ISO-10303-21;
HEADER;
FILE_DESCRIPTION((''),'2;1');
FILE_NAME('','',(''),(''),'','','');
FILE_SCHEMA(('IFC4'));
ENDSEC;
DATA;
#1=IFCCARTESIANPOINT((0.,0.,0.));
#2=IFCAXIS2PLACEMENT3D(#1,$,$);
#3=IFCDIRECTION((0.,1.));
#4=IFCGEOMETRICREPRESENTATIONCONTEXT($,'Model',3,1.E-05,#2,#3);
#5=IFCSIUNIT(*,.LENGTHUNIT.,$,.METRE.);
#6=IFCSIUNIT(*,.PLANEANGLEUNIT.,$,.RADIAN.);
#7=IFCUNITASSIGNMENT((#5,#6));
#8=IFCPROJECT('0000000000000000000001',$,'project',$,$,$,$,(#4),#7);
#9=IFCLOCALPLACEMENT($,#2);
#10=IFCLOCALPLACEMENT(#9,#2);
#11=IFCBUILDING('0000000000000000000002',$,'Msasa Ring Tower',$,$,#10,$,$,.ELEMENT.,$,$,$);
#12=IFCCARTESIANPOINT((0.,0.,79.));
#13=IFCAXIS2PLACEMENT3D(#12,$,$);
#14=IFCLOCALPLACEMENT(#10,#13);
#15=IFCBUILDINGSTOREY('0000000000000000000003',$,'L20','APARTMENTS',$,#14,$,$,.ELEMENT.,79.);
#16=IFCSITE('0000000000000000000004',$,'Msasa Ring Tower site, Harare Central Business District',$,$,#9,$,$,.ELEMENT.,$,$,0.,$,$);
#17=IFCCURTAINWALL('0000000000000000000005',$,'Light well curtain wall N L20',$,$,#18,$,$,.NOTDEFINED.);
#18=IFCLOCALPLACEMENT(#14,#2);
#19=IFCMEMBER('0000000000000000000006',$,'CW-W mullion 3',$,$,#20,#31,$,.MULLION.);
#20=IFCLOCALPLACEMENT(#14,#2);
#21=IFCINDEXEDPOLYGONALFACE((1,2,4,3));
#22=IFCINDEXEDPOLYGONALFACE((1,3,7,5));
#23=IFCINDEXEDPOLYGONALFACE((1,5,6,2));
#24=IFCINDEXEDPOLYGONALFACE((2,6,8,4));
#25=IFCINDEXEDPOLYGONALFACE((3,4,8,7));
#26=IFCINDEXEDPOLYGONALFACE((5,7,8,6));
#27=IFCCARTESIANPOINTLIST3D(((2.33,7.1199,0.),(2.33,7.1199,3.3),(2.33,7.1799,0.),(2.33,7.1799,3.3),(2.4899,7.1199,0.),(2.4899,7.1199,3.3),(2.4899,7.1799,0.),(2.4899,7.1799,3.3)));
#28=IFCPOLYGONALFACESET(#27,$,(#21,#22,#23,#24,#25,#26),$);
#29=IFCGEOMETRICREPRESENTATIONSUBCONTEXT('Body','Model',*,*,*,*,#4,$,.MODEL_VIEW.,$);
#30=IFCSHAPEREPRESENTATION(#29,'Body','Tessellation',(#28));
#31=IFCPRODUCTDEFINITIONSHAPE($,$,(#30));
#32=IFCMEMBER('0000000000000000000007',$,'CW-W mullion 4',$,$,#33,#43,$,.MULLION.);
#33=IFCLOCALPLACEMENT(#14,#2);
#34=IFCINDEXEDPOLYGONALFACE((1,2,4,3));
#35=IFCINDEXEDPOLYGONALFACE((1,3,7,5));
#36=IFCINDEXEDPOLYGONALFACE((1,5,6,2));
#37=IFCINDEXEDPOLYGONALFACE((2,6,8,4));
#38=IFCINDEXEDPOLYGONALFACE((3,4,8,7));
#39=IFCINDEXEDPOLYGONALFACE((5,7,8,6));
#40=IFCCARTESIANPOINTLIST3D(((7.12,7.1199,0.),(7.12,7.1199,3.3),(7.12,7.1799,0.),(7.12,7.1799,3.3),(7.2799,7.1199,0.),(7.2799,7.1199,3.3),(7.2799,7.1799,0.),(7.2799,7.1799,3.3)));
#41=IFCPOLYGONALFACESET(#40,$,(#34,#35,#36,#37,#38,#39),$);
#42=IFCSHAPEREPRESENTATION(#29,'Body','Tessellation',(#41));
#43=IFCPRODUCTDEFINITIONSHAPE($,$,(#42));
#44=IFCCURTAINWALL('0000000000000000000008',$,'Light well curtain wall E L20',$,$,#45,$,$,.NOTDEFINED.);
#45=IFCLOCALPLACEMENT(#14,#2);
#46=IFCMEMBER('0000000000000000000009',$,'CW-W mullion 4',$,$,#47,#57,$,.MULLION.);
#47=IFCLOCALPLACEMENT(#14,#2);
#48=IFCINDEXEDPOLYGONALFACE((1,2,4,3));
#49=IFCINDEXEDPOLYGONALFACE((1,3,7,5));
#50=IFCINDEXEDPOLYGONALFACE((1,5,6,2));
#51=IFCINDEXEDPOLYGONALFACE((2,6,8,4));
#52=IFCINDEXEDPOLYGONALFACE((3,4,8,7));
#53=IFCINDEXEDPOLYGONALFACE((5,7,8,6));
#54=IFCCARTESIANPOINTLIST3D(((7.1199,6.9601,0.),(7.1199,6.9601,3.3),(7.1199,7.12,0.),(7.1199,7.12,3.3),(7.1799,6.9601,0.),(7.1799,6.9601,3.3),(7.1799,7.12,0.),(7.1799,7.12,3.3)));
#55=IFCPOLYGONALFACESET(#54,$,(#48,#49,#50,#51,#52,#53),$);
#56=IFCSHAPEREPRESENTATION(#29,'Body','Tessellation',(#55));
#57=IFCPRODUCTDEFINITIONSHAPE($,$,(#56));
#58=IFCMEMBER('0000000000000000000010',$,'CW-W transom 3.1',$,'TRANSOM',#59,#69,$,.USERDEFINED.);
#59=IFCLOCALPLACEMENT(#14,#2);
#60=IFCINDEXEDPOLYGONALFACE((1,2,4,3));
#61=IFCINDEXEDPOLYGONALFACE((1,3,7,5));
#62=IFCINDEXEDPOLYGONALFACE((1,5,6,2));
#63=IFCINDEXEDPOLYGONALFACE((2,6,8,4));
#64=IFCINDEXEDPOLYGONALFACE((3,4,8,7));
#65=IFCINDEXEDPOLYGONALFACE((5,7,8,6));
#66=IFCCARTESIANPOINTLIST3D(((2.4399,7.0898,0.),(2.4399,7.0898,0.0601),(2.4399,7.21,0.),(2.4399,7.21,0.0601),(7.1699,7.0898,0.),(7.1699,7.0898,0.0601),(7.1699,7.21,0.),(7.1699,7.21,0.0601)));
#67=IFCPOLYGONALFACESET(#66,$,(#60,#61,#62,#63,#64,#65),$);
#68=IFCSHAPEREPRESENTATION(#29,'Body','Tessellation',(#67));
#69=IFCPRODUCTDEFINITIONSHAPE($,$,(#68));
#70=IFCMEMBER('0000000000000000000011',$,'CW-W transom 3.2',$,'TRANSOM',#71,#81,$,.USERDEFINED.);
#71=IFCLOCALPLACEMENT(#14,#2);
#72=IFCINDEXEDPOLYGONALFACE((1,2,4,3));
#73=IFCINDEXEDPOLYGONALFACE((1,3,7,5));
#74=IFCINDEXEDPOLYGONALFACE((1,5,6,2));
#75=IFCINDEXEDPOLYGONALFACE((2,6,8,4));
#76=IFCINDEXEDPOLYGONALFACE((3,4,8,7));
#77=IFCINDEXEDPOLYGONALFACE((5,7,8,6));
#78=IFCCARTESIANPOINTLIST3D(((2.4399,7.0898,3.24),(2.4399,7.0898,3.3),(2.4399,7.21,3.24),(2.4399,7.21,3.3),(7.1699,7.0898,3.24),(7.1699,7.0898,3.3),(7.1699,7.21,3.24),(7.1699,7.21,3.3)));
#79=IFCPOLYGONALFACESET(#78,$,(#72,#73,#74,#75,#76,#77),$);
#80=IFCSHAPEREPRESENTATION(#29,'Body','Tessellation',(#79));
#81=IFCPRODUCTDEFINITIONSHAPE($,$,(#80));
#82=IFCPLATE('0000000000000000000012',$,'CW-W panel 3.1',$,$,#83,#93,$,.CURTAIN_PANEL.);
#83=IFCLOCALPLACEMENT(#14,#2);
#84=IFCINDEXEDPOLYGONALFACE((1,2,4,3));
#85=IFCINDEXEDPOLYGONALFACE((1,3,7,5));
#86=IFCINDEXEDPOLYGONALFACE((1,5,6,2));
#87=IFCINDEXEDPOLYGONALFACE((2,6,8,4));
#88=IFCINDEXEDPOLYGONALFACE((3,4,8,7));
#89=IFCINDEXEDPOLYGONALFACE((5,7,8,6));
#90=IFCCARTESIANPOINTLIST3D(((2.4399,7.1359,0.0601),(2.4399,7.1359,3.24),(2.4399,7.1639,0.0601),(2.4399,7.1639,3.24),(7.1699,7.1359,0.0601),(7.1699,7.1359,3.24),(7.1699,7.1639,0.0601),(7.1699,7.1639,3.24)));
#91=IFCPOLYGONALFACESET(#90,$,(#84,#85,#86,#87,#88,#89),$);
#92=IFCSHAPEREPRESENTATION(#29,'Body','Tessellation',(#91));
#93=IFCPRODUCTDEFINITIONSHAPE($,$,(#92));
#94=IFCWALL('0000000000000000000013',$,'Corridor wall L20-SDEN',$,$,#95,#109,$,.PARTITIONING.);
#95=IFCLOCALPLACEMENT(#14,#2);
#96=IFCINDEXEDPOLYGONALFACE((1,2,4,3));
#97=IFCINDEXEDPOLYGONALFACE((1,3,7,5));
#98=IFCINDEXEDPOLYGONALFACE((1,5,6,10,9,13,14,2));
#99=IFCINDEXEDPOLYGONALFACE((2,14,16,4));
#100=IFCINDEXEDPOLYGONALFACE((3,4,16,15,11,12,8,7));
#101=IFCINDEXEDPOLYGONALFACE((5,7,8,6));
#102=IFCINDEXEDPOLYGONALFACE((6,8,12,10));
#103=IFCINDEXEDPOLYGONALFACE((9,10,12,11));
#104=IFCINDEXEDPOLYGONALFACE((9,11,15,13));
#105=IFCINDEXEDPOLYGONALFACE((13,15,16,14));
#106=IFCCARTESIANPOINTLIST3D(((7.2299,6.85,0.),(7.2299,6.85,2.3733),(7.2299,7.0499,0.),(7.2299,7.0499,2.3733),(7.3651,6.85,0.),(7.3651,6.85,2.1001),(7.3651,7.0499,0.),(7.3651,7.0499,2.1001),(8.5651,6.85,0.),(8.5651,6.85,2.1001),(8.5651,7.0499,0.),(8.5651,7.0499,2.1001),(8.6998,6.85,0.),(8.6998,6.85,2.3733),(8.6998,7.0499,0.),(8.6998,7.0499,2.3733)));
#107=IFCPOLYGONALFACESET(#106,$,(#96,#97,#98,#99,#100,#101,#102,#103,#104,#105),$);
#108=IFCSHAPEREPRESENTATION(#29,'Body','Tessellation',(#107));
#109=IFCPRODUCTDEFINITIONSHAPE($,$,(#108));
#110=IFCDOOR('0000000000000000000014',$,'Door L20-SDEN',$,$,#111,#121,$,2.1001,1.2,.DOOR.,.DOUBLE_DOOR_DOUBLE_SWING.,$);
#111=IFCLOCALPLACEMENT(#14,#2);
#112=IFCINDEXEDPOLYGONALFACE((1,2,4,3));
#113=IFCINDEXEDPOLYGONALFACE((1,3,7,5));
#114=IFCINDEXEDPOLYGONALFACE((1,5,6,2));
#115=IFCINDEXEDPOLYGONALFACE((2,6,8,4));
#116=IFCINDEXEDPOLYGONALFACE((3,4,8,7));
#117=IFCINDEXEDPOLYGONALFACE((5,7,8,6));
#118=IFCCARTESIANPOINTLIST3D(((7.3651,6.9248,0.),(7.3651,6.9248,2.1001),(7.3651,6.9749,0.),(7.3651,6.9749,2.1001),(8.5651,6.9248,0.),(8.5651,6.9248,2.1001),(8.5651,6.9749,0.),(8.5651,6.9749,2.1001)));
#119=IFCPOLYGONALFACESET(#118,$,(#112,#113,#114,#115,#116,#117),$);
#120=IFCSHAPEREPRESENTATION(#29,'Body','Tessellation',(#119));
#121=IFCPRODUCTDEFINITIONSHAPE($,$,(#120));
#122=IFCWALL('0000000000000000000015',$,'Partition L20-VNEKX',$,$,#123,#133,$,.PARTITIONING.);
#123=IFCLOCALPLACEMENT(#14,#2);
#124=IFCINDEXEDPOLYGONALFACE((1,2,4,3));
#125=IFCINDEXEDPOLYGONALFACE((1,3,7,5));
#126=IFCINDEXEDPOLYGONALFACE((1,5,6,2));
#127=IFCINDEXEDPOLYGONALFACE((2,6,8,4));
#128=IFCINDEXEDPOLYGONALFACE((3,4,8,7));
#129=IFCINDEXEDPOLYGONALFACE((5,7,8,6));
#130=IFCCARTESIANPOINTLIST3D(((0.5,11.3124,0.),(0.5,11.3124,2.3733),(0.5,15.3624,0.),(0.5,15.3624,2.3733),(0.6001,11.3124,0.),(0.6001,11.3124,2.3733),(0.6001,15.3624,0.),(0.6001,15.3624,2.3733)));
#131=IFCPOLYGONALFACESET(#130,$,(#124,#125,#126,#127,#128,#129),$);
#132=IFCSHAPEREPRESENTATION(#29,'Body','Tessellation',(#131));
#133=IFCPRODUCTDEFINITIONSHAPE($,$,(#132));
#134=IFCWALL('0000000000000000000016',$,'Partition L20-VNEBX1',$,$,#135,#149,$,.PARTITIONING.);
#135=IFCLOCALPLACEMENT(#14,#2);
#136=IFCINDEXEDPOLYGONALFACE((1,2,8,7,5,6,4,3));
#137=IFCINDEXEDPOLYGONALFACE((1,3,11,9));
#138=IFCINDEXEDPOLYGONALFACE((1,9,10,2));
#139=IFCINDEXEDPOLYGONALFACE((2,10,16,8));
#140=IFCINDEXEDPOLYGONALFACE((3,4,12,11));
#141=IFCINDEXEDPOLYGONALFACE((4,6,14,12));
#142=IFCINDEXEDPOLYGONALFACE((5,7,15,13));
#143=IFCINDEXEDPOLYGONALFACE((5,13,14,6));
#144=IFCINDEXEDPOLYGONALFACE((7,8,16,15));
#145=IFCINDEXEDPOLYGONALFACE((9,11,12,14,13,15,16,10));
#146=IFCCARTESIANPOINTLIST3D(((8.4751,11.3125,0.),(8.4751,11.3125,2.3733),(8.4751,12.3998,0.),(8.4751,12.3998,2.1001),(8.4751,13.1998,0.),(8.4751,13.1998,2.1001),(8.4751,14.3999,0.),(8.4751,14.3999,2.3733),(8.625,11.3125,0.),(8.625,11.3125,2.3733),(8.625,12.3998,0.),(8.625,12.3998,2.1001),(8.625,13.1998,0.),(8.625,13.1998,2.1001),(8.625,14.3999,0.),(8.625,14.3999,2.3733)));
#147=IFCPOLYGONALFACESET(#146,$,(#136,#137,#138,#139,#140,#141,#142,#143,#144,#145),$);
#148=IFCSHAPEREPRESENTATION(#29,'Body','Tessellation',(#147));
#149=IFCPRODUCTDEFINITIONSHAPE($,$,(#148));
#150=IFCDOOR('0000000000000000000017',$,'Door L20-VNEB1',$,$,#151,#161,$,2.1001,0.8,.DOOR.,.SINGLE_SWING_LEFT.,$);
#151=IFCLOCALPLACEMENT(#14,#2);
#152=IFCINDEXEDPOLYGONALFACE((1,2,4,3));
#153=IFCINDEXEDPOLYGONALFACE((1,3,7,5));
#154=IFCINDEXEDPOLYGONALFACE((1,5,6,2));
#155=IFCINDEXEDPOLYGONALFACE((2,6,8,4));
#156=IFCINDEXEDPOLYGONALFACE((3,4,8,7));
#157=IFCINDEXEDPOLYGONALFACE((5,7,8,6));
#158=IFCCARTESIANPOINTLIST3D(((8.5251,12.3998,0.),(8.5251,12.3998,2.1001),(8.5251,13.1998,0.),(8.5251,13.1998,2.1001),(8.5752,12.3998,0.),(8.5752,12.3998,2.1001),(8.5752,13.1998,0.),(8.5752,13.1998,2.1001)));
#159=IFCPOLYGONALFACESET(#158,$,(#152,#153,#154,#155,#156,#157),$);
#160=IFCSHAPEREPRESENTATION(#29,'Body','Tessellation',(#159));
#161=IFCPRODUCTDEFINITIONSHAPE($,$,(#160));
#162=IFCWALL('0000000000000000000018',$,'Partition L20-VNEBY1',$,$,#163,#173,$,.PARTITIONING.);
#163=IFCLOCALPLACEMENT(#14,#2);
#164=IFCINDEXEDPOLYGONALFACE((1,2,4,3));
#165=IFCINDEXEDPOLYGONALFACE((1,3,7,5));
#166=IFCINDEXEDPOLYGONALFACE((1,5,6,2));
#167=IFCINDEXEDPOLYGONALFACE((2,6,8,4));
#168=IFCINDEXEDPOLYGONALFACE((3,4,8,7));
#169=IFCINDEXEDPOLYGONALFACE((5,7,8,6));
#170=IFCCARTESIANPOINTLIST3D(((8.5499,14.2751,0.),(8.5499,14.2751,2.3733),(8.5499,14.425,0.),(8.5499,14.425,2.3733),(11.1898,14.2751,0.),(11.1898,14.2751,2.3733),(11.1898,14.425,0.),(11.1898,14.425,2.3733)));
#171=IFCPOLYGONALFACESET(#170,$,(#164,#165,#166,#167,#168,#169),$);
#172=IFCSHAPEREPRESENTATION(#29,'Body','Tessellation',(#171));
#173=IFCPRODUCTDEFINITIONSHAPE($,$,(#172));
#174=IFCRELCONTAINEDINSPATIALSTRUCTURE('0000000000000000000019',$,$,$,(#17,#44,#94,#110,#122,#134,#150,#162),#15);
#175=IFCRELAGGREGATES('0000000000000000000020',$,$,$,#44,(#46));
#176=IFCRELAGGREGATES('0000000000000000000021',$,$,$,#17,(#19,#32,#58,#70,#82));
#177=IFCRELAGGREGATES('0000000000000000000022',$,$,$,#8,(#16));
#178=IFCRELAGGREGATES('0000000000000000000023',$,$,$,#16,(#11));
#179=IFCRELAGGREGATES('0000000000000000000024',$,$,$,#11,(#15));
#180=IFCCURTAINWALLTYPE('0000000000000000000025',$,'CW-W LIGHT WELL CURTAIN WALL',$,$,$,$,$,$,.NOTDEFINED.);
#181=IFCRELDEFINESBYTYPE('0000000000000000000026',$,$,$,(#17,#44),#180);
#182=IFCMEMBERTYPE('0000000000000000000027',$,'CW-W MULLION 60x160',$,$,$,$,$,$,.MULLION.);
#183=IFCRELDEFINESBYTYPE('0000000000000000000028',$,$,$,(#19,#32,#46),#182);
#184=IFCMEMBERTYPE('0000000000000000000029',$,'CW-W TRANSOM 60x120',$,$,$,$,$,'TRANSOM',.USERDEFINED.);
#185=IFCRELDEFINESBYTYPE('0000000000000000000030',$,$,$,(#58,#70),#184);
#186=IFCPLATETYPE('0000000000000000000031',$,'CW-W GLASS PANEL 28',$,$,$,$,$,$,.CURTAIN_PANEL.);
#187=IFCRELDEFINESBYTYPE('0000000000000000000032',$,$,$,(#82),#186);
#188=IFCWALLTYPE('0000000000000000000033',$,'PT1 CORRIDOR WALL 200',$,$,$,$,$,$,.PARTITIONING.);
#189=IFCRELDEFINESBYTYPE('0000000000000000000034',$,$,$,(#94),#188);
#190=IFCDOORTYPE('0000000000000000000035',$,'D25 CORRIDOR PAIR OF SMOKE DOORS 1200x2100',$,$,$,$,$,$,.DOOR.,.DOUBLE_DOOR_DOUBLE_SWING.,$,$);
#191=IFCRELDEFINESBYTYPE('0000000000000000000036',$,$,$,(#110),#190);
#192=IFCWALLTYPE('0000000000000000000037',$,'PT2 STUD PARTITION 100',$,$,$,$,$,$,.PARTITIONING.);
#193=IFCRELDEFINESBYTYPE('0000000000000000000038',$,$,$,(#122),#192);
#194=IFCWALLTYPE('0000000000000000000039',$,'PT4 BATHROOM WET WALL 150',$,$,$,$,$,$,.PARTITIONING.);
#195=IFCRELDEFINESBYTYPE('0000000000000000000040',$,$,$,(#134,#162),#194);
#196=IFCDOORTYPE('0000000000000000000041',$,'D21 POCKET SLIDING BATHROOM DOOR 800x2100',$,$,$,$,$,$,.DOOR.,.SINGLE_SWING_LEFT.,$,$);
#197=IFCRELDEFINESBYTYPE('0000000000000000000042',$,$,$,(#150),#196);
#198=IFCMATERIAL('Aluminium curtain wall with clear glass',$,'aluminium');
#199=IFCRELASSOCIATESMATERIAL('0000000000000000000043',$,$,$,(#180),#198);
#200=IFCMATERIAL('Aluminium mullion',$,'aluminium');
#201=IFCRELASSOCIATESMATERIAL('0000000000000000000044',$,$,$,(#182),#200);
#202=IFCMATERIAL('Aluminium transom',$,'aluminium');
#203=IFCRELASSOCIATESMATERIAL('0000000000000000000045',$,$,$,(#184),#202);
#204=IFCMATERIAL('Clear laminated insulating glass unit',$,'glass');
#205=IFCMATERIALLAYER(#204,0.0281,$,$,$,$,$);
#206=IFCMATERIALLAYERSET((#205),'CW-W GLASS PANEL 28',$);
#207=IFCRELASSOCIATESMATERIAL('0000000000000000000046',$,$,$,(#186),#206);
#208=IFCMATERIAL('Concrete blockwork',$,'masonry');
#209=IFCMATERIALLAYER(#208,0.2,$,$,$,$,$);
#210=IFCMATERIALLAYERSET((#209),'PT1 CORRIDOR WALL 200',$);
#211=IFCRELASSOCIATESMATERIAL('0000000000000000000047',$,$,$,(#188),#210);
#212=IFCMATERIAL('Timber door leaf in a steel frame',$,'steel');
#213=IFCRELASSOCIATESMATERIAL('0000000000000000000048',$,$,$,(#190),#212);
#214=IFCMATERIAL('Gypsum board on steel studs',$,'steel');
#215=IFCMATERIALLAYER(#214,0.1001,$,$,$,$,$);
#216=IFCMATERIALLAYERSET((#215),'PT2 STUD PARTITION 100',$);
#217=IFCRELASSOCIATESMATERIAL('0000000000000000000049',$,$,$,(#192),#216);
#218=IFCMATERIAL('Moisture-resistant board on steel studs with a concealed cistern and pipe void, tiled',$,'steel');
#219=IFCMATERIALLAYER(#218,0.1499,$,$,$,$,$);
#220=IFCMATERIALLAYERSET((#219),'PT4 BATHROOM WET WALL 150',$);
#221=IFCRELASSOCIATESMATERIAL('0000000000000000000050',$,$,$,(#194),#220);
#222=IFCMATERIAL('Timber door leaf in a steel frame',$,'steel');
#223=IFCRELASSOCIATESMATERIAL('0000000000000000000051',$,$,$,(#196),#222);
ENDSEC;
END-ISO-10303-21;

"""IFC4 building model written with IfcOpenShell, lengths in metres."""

from ifc_helpers import new_model, si_unit, direction, frame, frame_2d, origin, origin_2d, place, context, subcontext, project, spatial, rectangle, extrude, material, layer, layer_set, material_profile, profile_set, type_object, element, fill, aggregate, save


model = new_model("IFC4")

# Units and contexts
model_context = context("Model", 3, precision=1e-05, world=origin(), true_north=direction((0.0, 1.0)))
body_context = subcontext(model_context, "Body", "Model", "MODEL_VIEW")
ifc_project = project(units=[si_unit("LENGTHUNIT", "METRE"), si_unit("PLANEANGLEUNIT", "RADIAN")], contexts=[model_context])

# Site, building, storey
site_placement = place(None, origin())
site = spatial("IfcSite", under=ifc_project, at=site_placement, Name="Msasa Ring Tower site, Harare Central Business District", CompositionType="ELEMENT", RefElevation=0.0)
building_placement = place(site_placement, origin())
building = spatial("IfcBuilding", under=site, at=building_placement, Name="Msasa Ring Tower", CompositionType="ELEMENT")
storey_placement = place(building_placement, frame((0.0, 0.0, 79.0)))
storey = spatial("IfcBuildingStorey", under=building, at=storey_placement, Name="L20", Description="APARTMENTS", CompositionType="ELEMENT", Elevation=79.0)

# Curtain wall, members
ifc_material_1 = material(Name="Aluminium curtain wall with clear glass", Category="aluminium")
curtain_wall_type = type_object("IfcCurtainWallType", Name="CW-W LIGHT WELL CURTAIN WALL", PredefinedType="NOTDEFINED", material=ifc_material_1)
curtain_wall_1_placement = place(storey_placement, origin())
curtain_wall_1 = element("IfcCurtainWall", 1, at=curtain_wall_1_placement, inside=storey, type_object=curtain_wall_type, Name="Light well curtain wall N L20", PredefinedType="NOTDEFINED")
ifc_material_2 = material(Name="Aluminium mullion", Category="aluminium")
ifc_material_profile_1 = material_profile(ifc_material_2, rectangle(XDim=0.0601, YDim=0.1599, at=origin_2d()), Name="AL 60x160")
ifc_profile_set_1 = profile_set([ifc_material_profile_1], Name="Aluminium mullion")
member_type_1 = type_object("IfcMemberType", Name="CW-W MULLION 60x160", PredefinedType="MULLION", material=ifc_profile_set_1)
member_1_placement = place(storey_placement, frame((2.4099, 7.1499, 0.0), z_axis=(0.0, 0.0, 1.0), x_axis=(0.0, 1.0, 0.0)))
member_1 = element("IfcMember", 2, at=member_1_placement, type_object=member_type_1, Name="CW-W mullion 3", PredefinedType="MULLION", context=body_context, shape_type="SweptSolid", body=[
    extrude(rectangle(XDim=0.0601, YDim=0.1599, at=origin_2d()), origin(), (0.0, 0.0, 1.0), 3.3),
])
member_2_placement = place(storey_placement, frame((7.2, 7.1499, 0.0), z_axis=(0.0, 0.0, 1.0), x_axis=(0.0, 1.0, 0.0)))
member_2 = element("IfcMember", 3, at=member_2_placement, type_object=member_type_1, Name="CW-W mullion 4", PredefinedType="MULLION", context=body_context, shape_type="SweptSolid", body=[
    extrude(rectangle(XDim=0.0601, YDim=0.1599, at=origin_2d()), origin(), (0.0, 0.0, 1.0), 3.3),
])

# Curtain wall, member
curtain_wall_2_placement = place(storey_placement, origin())
curtain_wall_2 = element("IfcCurtainWall", 4, at=curtain_wall_2_placement, inside=storey, type_object=curtain_wall_type, Name="Light well curtain wall E L20", PredefinedType="NOTDEFINED")
member_3_placement = place(storey_placement, frame((7.1499, 7.04, 0.0), z_axis=(0.0, 0.0, 1.0), x_axis=(-1.0, 0.0, 0.0)))
member_3 = element("IfcMember", 5, at=member_3_placement, type_object=member_type_1, Name="CW-W mullion 4", PredefinedType="MULLION", context=body_context, shape_type="SweptSolid", body=[
    extrude(rectangle(XDim=0.0601, YDim=0.1599, at=origin_2d()), origin(), (0.0, 0.0, 1.0), 3.3),
])
aggregate(curtain_wall_2, [member_3])

# Members
ifc_material_3 = material(Name="Aluminium transom", Category="aluminium")
ifc_material_profile_2 = material_profile(ifc_material_3, rectangle(XDim=0.1201, YDim=0.0601, at=origin_2d()), Name="AL 60x120")
ifc_profile_set_2 = profile_set([ifc_material_profile_2], Name="Aluminium transom")
member_type_2 = type_object("IfcMemberType", Name="CW-W TRANSOM 60x120", ElementType="TRANSOM", PredefinedType="USERDEFINED", material=ifc_profile_set_2)
member_4_placement = place(storey_placement, frame((2.4399, 7.1499, 0.03), z_axis=(1.0, 0.0, 0.0), x_axis=(0.0, 1.0, 0.0)))
member_4 = element("IfcMember", 6, at=member_4_placement, type_object=member_type_2, Name="CW-W transom 3.1", ObjectType="TRANSOM", PredefinedType="USERDEFINED", context=body_context, shape_type="SweptSolid", body=[
    extrude(rectangle(XDim=0.1201, YDim=0.0601, at=origin_2d()), origin(), (0.0, 0.0, 1.0), 4.73),
])
member_5_placement = place(storey_placement, frame((2.4399, 7.1499, 3.27), z_axis=(1.0, 0.0, 0.0), x_axis=(0.0, 1.0, 0.0)))
member_5 = element("IfcMember", 7, at=member_5_placement, type_object=member_type_2, Name="CW-W transom 3.2", ObjectType="TRANSOM", PredefinedType="USERDEFINED", context=body_context, shape_type="SweptSolid", body=[
    extrude(rectangle(XDim=0.1201, YDim=0.0601, at=origin_2d()), origin(), (0.0, 0.0, 1.0), 4.73),
])

# Plate
ifc_material_4 = material(Name="Clear laminated insulating glass unit", Category="glass")
ifc_layer_1 = layer(ifc_material_4, 0.0281)
ifc_layer_set_1 = layer_set([ifc_layer_1], Name="CW-W GLASS PANEL 28")
plate_type = type_object("IfcPlateType", Name="CW-W GLASS PANEL 28", PredefinedType="CURTAIN_PANEL", material=ifc_layer_set_1)
plate_placement = place(storey_placement, frame((4.8049, 7.1499, 0.0601), z_axis=(0.0, 0.0, 1.0), x_axis=(1.0, 0.0, 0.0)))
plate = element("IfcPlate", 8, at=plate_placement, type_object=plate_type, Name="CW-W panel 3.1", PredefinedType="CURTAIN_PANEL", context=body_context, shape_type="SweptSolid", body=[
    extrude(rectangle(XDim=4.73, YDim=0.0281, at=origin_2d()), origin(), (0.0, 0.0, 1.0), 3.1799),
])
aggregate(curtain_wall_1, [member_1, member_2, member_4, member_5, plate])

# Wall, opening, door
ifc_material_5 = material(Name="Concrete blockwork", Category="masonry")
ifc_layer_2 = layer(ifc_material_5, 0.2)
ifc_layer_set_2 = layer_set([ifc_layer_2], Name="PT1 CORRIDOR WALL 200")
wall_type_1 = type_object("IfcWallType", Name="PT1 CORRIDOR WALL 200", PredefinedType="PARTITIONING", material=ifc_layer_set_2)
wall_1_placement = place(storey_placement, frame((7.23, 6.95, 0.0), z_axis=(0.0, 0.0, 1.0), x_axis=(1.0, 0.0, 0.0)))
wall_1 = element("IfcWall", 9, at=wall_1_placement, inside=storey, type_object=wall_type_1, Name="Corridor wall L20-SDEN", PredefinedType="PARTITIONING", context=body_context, shape_type="SweptSolid", body=[
    extrude(rectangle(XDim=1.47, YDim=0.2, at=frame_2d((0.7349, 0.0))), origin(), (0.0, 0.0, 1.0), 2.3733),
])
opening_1_placement = place(wall_1_placement, frame((0.135, 0.0, 0.0)))
opening_1 = element("IfcOpeningElement", 10, at=opening_1_placement, cuts=wall_1, PredefinedType="OPENING", context=body_context, shape_type="SweptSolid", body=[
    extrude(rectangle(XDim=1.2, YDim=2.1001, at=frame_2d((0.6001, 1.05))), frame((0.0, 0.1099, 0.0), z_axis=(0.0, -1.0, 0.0), x_axis=(1.0, 0.0, 0.0)), (0.0, 0.0, 1.0), 0.22),
])
ifc_material_6 = material(Name="Timber door leaf in a steel frame", Category="steel")
door_type_1 = type_object("IfcDoorType", Name="D25 CORRIDOR PAIR OF SMOKE DOORS 1200x2100", OperationType="DOUBLE_DOOR_DOUBLE_SWING", PredefinedType="DOOR", material=ifc_material_6)
door_1_placement = place(opening_1_placement, origin())
door_1 = element("IfcDoor", 11, at=door_1_placement, inside=storey, type_object=door_type_1, Name="Door L20-SDEN", OperationType="DOUBLE_DOOR_DOUBLE_SWING", OverallHeight=2.1001, OverallWidth=1.2, PredefinedType="DOOR", context=body_context, shape_type="SweptSolid", body=[
    extrude(rectangle(XDim=1.2, YDim=2.1001, at=frame_2d((0.6001, 1.05))), frame((0.0, 0.0249, 0.0), z_axis=(0.0, -1.0, 0.0), x_axis=(1.0, 0.0, 0.0)), (0.0, 0.0, 1.0), 0.05),
])
fill(opening_1, door_1)

# Wall
ifc_material_7 = material(Name="Gypsum board on steel studs", Category="steel")
ifc_layer_3 = layer(ifc_material_7, 0.1001)
ifc_layer_set_3 = layer_set([ifc_layer_3], Name="PT2 STUD PARTITION 100")
wall_type_2 = type_object("IfcWallType", Name="PT2 STUD PARTITION 100", PredefinedType="PARTITIONING", material=ifc_layer_set_3)
wall_2_placement = place(storey_placement, frame((0.55, 11.3125, 0.0), z_axis=(0.0, 0.0, 1.0), x_axis=(0.0, 1.0, 0.0)))
element("IfcWall", 12, at=wall_2_placement, inside=storey, type_object=wall_type_2, Name="Partition L20-VNEKX", PredefinedType="PARTITIONING", context=body_context, shape_type="SweptSolid", body=[
    extrude(rectangle(XDim=4.05, YDim=0.1001, at=frame_2d((2.0249, 0.0))), origin(), (0.0, 0.0, 1.0), 2.3733),
])

# Wall, opening, door
ifc_material_8 = material(Name="Moisture-resistant board on steel studs with a concealed cistern and pipe void, tiled", Category="steel")
ifc_layer_4 = layer(ifc_material_8, 0.1499)
ifc_layer_set_4 = layer_set([ifc_layer_4], Name="PT4 BATHROOM WET WALL 150")
wall_type_3 = type_object("IfcWallType", Name="PT4 BATHROOM WET WALL 150", PredefinedType="PARTITIONING", material=ifc_layer_set_4)
wall_3_placement = place(storey_placement, frame((8.55, 11.3125, 0.0), z_axis=(0.0, 0.0, 1.0), x_axis=(0.0, 1.0, 0.0)))
wall_3 = element("IfcWall", 13, at=wall_3_placement, inside=storey, type_object=wall_type_3, Name="Partition L20-VNEBX1", PredefinedType="PARTITIONING", context=body_context, shape_type="SweptSolid", body=[
    extrude(rectangle(XDim=3.0874, YDim=0.1499, at=frame_2d((1.5437, 0.0))), origin(), (0.0, 0.0, 1.0), 2.3733),
])
opening_2_placement = place(wall_3_placement, frame((1.0874, 0.0, 0.0)))
opening_2 = element("IfcOpeningElement", 14, at=opening_2_placement, cuts=wall_3, PredefinedType="OPENING", context=body_context, shape_type="SweptSolid", body=[
    extrude(rectangle(XDim=0.8, YDim=2.1001, at=frame_2d((0.3999, 1.05))), frame((0.0, 0.085, 0.0), z_axis=(0.0, -1.0, 0.0), x_axis=(1.0, 0.0, 0.0)), (0.0, 0.0, 1.0), 0.1699),
])
ifc_material_9 = material(Name="Timber door leaf in a steel frame", Category="steel")
door_type_2 = type_object("IfcDoorType", Name="D21 POCKET SLIDING BATHROOM DOOR 800x2100", OperationType="SINGLE_SWING_LEFT", PredefinedType="DOOR", material=ifc_material_9)
door_2_placement = place(opening_2_placement, origin())
door_2 = element("IfcDoor", 15, at=door_2_placement, inside=storey, type_object=door_type_2, Name="Door L20-VNEB1", OperationType="SINGLE_SWING_LEFT", OverallHeight=2.1001, OverallWidth=0.8, PredefinedType="DOOR", context=body_context, shape_type="SweptSolid", body=[
    extrude(rectangle(XDim=0.8, YDim=2.1001, at=frame_2d((0.3999, 1.05))), frame((0.0, 0.0249, 0.0), z_axis=(0.0, -1.0, 0.0), x_axis=(1.0, 0.0, 0.0)), (0.0, 0.0, 1.0), 0.05),
])
fill(opening_2, door_2)

# Wall
wall_4_placement = place(storey_placement, frame((8.55, 14.3501, 0.0), z_axis=(0.0, 0.0, 1.0), x_axis=(1.0, 0.0, 0.0)))
element("IfcWall", 16, at=wall_4_placement, inside=storey, type_object=wall_type_3, Name="Partition L20-VNEBY1", PredefinedType="PARTITIONING", context=body_context, shape_type="SweptSolid", body=[
    extrude(rectangle(XDim=2.6399, YDim=0.1499, at=frame_2d((1.3198, 0.0))), origin(), (0.0, 0.0, 1.0), 2.3733),
])

save(model, "model.ifc")
